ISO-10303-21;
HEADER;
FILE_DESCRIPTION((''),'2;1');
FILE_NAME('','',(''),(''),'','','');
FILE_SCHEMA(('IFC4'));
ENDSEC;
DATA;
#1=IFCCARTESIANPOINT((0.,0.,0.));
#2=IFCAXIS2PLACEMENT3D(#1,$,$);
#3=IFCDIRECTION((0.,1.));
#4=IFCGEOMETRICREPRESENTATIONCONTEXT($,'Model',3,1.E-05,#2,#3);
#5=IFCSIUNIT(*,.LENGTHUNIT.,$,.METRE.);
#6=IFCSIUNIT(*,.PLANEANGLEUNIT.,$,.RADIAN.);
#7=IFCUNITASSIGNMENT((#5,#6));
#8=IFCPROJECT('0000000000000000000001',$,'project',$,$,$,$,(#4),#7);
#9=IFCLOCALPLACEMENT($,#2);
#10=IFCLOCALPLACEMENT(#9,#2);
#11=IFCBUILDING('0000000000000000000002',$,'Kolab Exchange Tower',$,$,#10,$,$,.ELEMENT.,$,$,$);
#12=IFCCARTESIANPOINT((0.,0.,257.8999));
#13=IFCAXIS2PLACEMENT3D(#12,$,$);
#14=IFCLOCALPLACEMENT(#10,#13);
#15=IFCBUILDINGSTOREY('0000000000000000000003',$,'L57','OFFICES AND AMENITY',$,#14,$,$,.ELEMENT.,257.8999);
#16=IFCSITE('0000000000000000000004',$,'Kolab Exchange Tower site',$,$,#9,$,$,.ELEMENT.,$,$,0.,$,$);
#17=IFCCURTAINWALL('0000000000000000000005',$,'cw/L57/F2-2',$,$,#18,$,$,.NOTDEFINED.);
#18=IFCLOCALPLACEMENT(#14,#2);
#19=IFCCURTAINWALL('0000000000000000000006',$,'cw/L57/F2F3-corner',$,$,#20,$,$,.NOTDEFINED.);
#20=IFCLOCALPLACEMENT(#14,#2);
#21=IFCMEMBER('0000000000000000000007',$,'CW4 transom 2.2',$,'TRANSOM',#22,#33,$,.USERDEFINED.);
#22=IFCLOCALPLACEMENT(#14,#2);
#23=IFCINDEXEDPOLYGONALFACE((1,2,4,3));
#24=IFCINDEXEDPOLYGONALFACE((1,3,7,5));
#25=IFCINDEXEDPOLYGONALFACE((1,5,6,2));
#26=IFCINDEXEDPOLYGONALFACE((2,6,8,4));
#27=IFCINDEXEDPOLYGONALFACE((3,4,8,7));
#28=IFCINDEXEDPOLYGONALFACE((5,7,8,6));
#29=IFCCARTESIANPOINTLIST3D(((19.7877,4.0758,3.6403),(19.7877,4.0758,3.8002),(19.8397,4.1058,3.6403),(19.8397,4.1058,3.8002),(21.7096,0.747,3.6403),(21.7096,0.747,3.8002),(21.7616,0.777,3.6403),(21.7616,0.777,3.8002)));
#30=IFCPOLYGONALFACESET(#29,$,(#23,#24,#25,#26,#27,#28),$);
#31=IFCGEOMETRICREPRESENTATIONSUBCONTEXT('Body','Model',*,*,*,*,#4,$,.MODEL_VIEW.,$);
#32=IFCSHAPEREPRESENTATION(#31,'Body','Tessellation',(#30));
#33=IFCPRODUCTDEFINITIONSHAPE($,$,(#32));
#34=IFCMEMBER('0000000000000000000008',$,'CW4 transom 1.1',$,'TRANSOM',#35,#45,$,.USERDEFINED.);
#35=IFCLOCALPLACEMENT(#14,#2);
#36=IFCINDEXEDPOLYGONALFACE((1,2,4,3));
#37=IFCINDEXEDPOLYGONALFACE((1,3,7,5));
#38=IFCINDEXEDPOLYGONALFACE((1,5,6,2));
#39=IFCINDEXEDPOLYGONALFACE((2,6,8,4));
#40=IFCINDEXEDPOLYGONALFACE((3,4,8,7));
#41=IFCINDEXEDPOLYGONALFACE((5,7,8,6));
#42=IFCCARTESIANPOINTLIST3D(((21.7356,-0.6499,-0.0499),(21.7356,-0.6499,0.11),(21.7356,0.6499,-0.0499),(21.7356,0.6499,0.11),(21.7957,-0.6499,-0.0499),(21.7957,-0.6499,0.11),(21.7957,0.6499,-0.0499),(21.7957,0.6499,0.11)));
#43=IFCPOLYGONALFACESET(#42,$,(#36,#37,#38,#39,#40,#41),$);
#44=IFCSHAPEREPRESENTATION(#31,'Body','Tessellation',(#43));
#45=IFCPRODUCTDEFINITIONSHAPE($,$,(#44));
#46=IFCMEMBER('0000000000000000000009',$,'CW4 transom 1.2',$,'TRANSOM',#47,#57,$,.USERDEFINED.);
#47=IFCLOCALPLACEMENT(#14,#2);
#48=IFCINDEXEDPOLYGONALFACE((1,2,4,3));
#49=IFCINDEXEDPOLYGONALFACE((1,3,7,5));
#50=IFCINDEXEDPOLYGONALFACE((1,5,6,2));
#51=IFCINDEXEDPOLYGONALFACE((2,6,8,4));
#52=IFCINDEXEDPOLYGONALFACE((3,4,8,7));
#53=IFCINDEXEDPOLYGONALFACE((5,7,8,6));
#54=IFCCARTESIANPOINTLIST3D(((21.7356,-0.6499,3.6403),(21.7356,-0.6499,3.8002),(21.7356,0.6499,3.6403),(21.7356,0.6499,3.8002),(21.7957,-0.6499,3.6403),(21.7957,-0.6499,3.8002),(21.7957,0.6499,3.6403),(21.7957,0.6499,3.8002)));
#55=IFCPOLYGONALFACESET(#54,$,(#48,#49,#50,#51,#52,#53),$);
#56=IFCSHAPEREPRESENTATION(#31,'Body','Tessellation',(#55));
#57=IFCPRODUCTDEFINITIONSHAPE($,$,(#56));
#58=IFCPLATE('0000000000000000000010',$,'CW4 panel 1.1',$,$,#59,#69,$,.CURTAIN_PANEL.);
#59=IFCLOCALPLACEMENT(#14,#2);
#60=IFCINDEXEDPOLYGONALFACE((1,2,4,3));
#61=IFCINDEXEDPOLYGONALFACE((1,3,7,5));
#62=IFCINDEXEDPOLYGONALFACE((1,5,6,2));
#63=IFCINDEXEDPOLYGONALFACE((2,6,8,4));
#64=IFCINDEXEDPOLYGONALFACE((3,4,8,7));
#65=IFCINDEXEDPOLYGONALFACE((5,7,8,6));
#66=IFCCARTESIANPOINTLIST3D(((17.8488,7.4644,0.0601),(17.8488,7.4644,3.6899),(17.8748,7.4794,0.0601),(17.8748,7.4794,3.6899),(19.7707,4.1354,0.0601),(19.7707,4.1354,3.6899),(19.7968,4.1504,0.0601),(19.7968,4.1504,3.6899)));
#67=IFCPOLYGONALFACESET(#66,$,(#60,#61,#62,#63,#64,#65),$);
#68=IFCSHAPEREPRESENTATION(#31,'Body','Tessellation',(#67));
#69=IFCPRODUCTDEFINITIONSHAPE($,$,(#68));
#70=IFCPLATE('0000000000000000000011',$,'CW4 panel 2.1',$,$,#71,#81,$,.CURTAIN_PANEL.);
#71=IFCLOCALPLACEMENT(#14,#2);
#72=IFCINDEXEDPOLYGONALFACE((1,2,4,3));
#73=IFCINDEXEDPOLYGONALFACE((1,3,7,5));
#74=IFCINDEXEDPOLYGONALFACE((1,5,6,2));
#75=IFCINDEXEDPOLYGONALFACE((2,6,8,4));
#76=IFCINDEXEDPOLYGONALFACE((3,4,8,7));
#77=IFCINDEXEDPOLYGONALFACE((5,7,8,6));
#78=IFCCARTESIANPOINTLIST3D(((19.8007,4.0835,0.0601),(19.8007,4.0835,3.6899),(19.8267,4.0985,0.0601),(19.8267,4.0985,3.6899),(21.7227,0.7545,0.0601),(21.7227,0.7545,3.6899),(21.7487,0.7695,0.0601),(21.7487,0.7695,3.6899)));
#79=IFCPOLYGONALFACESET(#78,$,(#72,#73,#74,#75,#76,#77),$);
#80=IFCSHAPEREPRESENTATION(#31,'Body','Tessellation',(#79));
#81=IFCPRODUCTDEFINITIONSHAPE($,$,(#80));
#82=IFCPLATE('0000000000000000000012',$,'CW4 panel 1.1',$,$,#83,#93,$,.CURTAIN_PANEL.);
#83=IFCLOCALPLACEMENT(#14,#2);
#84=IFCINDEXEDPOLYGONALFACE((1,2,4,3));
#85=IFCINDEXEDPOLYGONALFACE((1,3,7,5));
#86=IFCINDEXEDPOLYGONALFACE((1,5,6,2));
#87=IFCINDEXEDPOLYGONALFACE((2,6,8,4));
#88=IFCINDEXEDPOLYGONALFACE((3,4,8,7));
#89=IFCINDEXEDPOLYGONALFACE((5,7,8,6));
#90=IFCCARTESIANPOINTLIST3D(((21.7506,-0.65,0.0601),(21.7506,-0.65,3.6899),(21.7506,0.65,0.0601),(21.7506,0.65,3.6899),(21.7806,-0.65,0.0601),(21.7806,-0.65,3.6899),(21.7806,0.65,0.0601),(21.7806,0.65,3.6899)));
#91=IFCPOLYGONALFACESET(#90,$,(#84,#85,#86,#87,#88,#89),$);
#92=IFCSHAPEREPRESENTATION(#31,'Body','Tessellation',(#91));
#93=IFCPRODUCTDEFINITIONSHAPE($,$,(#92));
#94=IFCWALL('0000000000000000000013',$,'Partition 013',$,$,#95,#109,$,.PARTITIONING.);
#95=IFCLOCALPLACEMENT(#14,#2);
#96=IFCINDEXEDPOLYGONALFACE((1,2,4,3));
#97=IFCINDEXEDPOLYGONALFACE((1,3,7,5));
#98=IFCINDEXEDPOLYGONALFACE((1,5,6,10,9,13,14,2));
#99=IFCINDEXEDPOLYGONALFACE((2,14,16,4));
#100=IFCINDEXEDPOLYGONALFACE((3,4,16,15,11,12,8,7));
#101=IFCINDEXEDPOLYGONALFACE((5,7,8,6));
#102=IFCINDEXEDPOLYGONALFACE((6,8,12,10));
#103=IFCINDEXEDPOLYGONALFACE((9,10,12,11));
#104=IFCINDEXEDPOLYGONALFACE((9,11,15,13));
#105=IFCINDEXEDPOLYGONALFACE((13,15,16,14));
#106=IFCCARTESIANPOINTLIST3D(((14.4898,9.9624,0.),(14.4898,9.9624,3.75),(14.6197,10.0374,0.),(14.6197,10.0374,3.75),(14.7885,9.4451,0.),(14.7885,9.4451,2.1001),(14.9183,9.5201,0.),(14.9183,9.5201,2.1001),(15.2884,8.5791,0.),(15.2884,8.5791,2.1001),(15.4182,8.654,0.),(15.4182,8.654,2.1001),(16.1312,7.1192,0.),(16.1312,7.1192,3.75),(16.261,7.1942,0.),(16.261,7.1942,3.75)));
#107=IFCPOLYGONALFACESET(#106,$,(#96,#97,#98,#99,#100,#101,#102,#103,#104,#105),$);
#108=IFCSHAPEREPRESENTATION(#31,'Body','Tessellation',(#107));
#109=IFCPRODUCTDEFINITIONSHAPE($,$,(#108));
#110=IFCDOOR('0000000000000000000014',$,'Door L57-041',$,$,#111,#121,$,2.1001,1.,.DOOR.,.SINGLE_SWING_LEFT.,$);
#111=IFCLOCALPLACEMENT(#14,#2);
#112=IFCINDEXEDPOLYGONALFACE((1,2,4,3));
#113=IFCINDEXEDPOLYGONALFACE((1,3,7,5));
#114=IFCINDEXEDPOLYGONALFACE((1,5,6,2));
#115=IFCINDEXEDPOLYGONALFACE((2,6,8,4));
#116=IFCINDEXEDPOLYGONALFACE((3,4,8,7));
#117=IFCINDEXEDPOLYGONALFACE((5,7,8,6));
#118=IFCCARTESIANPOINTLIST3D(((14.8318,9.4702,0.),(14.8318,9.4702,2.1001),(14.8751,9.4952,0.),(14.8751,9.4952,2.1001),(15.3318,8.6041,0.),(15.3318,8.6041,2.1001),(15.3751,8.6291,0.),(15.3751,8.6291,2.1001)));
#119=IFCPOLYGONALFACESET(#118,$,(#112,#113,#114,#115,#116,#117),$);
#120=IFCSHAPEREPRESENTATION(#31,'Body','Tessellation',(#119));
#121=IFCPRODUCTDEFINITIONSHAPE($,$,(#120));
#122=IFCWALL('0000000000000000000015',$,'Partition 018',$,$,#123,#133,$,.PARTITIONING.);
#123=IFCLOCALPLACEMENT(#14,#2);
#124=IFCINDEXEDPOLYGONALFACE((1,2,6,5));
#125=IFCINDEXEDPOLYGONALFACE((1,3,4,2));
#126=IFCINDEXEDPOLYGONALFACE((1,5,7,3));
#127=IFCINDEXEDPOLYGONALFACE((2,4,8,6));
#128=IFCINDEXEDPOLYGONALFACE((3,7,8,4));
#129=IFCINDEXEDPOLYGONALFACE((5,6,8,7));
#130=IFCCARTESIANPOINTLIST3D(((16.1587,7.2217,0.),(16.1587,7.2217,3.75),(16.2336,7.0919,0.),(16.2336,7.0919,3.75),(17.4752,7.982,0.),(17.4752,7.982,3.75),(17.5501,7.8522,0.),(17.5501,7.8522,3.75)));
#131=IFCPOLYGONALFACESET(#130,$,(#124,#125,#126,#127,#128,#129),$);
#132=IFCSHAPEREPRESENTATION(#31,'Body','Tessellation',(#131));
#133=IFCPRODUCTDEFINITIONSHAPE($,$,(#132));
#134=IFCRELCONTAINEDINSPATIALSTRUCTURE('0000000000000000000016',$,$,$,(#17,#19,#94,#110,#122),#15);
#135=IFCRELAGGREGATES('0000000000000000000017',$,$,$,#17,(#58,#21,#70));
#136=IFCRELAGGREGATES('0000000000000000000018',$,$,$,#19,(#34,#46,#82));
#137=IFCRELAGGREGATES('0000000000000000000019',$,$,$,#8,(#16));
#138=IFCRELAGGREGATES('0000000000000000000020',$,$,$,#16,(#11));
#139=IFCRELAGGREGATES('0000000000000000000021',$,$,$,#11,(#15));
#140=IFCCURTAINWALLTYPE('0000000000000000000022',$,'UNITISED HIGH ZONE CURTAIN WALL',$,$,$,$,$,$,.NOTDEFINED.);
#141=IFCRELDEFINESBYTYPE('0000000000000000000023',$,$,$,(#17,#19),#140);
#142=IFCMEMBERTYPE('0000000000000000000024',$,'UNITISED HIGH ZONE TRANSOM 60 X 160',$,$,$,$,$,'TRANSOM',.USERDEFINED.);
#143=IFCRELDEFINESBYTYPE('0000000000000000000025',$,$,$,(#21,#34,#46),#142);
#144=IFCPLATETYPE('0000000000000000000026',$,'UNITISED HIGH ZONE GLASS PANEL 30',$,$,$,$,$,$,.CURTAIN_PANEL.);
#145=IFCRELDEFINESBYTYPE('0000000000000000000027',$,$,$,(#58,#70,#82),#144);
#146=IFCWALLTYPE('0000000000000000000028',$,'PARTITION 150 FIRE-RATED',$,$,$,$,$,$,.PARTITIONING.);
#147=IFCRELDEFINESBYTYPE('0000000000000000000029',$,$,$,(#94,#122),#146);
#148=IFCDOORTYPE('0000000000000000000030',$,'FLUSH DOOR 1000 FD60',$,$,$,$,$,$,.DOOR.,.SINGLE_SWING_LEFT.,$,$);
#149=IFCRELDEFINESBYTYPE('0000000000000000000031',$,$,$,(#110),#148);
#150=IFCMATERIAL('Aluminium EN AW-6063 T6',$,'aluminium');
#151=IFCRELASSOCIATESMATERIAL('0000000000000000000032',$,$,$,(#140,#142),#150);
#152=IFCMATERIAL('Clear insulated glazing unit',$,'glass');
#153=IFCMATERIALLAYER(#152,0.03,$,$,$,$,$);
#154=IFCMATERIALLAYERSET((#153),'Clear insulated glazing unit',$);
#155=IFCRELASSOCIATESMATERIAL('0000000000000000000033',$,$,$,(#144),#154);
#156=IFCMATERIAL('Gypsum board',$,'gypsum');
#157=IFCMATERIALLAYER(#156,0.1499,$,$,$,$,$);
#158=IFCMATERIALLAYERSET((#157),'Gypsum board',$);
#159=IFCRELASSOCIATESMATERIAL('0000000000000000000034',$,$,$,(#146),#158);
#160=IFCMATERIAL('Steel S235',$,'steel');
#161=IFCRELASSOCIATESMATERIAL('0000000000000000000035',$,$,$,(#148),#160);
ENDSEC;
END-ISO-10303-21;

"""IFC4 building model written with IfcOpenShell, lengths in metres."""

from ifc_helpers import new_model, si_unit, direction, frame, frame_2d, origin, origin_2d, place, context, subcontext, project, spatial, rectangle, extrude, material, layer, layer_set, material_profile, profile_set, type_object, element, fill, aggregate, save


model = new_model("IFC4")

# Units and contexts
model_context = context("Model", 3, precision=1e-05, world=origin(), true_north=direction((0.0, 1.0)))
body_context = subcontext(model_context, "Body", "Model", "MODEL_VIEW")
ifc_project = project(units=[si_unit("LENGTHUNIT", "METRE"), si_unit("PLANEANGLEUNIT", "RADIAN")], contexts=[model_context])

# Site, building, storey
site_placement = place(None, origin())
site = spatial("IfcSite", under=ifc_project, at=site_placement, Name="Kolab Exchange Tower site", CompositionType="ELEMENT", RefElevation=0.0)
building_placement = place(site_placement, origin())
building = spatial("IfcBuilding", under=site, at=building_placement, Name="Kolab Exchange Tower", CompositionType="ELEMENT")
storey_placement = place(building_placement, frame((0.0, 0.0, 257.8999)))
storey = spatial("IfcBuildingStorey", under=building, at=storey_placement, Name="L57", Description="OFFICES AND AMENITY", CompositionType="ELEMENT", Elevation=257.8999)

# Curtain wall
ifc_material_1 = material(Name="Aluminium EN AW-6063 T6", Category="aluminium")
curtain_wall_type = type_object("IfcCurtainWallType", Name="UNITISED HIGH ZONE CURTAIN WALL", PredefinedType="NOTDEFINED", material=ifc_material_1)
curtain_wall_1_placement = place(storey_placement, origin())
curtain_wall_1 = element("IfcCurtainWall", 1, at=curtain_wall_1_placement, inside=storey, type_object=curtain_wall_type, Name="cw/L57/F2-2", PredefinedType="NOTDEFINED")

# Curtain wall
curtain_wall_2_placement = place(storey_placement, origin())
curtain_wall_2 = element("IfcCurtainWall", 2, at=curtain_wall_2_placement, inside=storey, type_object=curtain_wall_type, Name="cw/L57/F2F3-corner", PredefinedType="NOTDEFINED")

# Members
ifc_material_profile_1 = material_profile(ifc_material_1, rectangle(XDim=0.0601, YDim=0.1599, at=origin_2d()), Name="RECT 60X160")
ifc_profile_set_1 = profile_set([ifc_material_profile_1], Name="Aluminium EN AW-6063 T6")
member_type_1 = type_object("IfcMemberType", Name="UNITISED HIGH ZONE TRANSOM 60 X 160", ElementType="TRANSOM", PredefinedType="USERDEFINED", material=ifc_profile_set_1)
member_1_placement = place(storey_placement, frame((19.8137, 4.0908, 3.7202), z_axis=(0.499992, -0.86603, 0.0), x_axis=(0.86603, 0.499992, 0.0)))
member_1 = element("IfcMember", 3, at=member_1_placement, type_object=member_type_1, Name="CW4 transom 2.2", ObjectType="TRANSOM", PredefinedType="USERDEFINED", context=body_context, shape_type="SweptSolid", body=[
    extrude(rectangle(XDim=0.0601, YDim=0.1599, at=origin_2d()), origin(), (0.0, 0.0, 1.0), 3.8438),
])
member_2_placement = place(storey_placement, frame((21.7656, 0.6499, 0.03), z_axis=(0.0, -1.0, 0.0), x_axis=(1.0, 0.0, 0.0)))
member_2 = element("IfcMember", 4, at=member_2_placement, type_object=member_type_1, Name="CW4 transom 1.1", ObjectType="TRANSOM", PredefinedType="USERDEFINED", context=body_context, shape_type="SweptSolid", body=[
    extrude(rectangle(XDim=0.0601, YDim=0.1599, at=origin_2d()), origin(), (0.0, 0.0, 1.0), 1.2998),
])
member_3_placement = place(storey_placement, frame((21.7656, 0.6499, 3.7202), z_axis=(0.0, -1.0, 0.0), x_axis=(1.0, 0.0, 0.0)))
member_3 = element("IfcMember", 5, at=member_3_placement, type_object=member_type_1, Name="CW4 transom 1.2", ObjectType="TRANSOM", PredefinedType="USERDEFINED", context=body_context, shape_type="SweptSolid", body=[
    extrude(rectangle(XDim=0.0601, YDim=0.1599, at=origin_2d()), origin(), (0.0, 0.0, 1.0), 1.2998),
])

# Plates
ifc_material_2 = material(Name="Clear insulated glazing unit", Category="glass")
ifc_layer_1 = layer(ifc_material_2, 0.03)
ifc_layer_set_1 = layer_set([ifc_layer_1], Name="Clear insulated glazing unit")
plate_type = type_object("IfcPlateType", Name="UNITISED HIGH ZONE GLASS PANEL 30", PredefinedType="CURTAIN_PANEL", material=ifc_layer_set_1)
plate_1_placement = place(storey_placement, frame((18.8228, 5.8074, 0.0601), z_axis=(0.0, 0.0, 1.0), x_axis=(0.5, -0.866025, 0.0)))
plate_1 = element("IfcPlate", 6, at=plate_1_placement, type_object=plate_type, Name="CW4 panel 1.1", PredefinedType="CURTAIN_PANEL", context=body_context, shape_type="SweptSolid", body=[
    extrude(rectangle(XDim=3.844, YDim=0.03, at=origin_2d()), origin(), (0.0, 0.0, 1.0), 3.6299),
])
plate_2_placement = place(storey_placement, frame((20.7747, 2.4265, 0.0601), z_axis=(0.0, 0.0, 1.0), x_axis=(0.5, -0.866025, 0.0)))
plate_2 = element("IfcPlate", 7, at=plate_2_placement, type_object=plate_type, Name="CW4 panel 2.1", PredefinedType="CURTAIN_PANEL", context=body_context, shape_type="SweptSolid", body=[
    extrude(rectangle(XDim=3.844, YDim=0.03, at=origin_2d()), origin(), (0.0, 0.0, 1.0), 3.6299),
])
aggregate(curtain_wall_1, [plate_1, member_1, plate_2])
plate_3_placement = place(storey_placement, frame((21.7656, 0.0, 0.0601), z_axis=(0.0, 0.0, 1.0), x_axis=(0.0, -1.0, 0.0)))
plate_3 = element("IfcPlate", 8, at=plate_3_placement, type_object=plate_type, Name="CW4 panel 1.1", PredefinedType="CURTAIN_PANEL", context=body_context, shape_type="SweptSolid", body=[
    extrude(rectangle(XDim=1.3, YDim=0.03, at=origin_2d()), origin(), (0.0, 0.0, 1.0), 3.6299),
])
aggregate(curtain_wall_2, [member_2, member_3, plate_3])

# Wall, opening, door
ifc_material_3 = material(Name="Gypsum board", Category="gypsum")
ifc_layer_2 = layer(ifc_material_3, 0.1499)
ifc_layer_set_2 = layer_set([ifc_layer_2], Name="Gypsum board")
wall_type_1 = type_object("IfcWallType", Name="PARTITION 150 FIRE-RATED", PredefinedType="PARTITIONING", material=ifc_layer_set_2)
wall_1_placement = place(storey_placement, frame((14.5547, 10.0, 0.0), z_axis=(0.0, 0.0, 1.0), x_axis=(0.499954, -0.866052, 0.0)))
wall_1 = element("IfcWall", 9, at=wall_1_placement, inside=storey, type_object=wall_type_1, Name="Partition 013", PredefinedType="PARTITIONING", context=body_context, shape_type="SweptSolid", body=[
    extrude(rectangle(XDim=3.283, YDim=0.1499, at=frame_2d((1.6416, 0.0))), origin(), (0.0, 0.0, 1.0), 3.75),
])
opening_1_placement = place(wall_1_placement, frame((0.5974, 0.0, 0.0)))
opening_1 = element("IfcOpeningElement", 10, at=opening_1_placement, cuts=wall_1, PredefinedType="OPENING", context=body_context, shape_type="SweptSolid", body=[
    extrude(rectangle(XDim=1.0, YDim=2.1001, at=frame_2d((0.5, 1.05))), frame((0.0, 0.085, 0.0), z_axis=(0.0, -1.0, 0.0), x_axis=(1.0, 0.0, 0.0)), (0.0, 0.0, 1.0), 0.1699),
])
ifc_material_4 = material(Name="Steel S235", Category="steel")
door_type_1 = type_object("IfcDoorType", Name="FLUSH DOOR 1000 FD60", OperationType="SINGLE_SWING_LEFT", PredefinedType="DOOR", material=ifc_material_4)
door_1_placement = place(opening_1_placement, frame((1.0, 0.0, 0.0), z_axis=(0.0, 0.0, 1.0), x_axis=(-1.0, 0.0, 0.0)))
door_1 = element("IfcDoor", 11, at=door_1_placement, inside=storey, type_object=door_type_1, Name="Door L57-041", OperationType="SINGLE_SWING_LEFT", OverallHeight=2.1001, OverallWidth=1.0, PredefinedType="DOOR", context=body_context, shape_type="SweptSolid", body=[
    extrude(rectangle(XDim=1.0, YDim=2.1001, at=frame_2d((0.5, 1.05))), frame((0.0, 0.0249, 0.0), z_axis=(0.0, -1.0, 0.0), x_axis=(1.0, 0.0, 0.0)), (0.0, 0.0, 1.0), 0.05),
])
fill(opening_1, door_1)

# Wall
wall_2_placement = place(storey_placement, frame((16.196, 7.1567, 0.0), z_axis=(0.0, 0.0, 1.0), x_axis=(0.865961, 0.500112, 0.0)))
element("IfcWall", 12, at=wall_2_placement, inside=storey, type_object=wall_type_1, Name="Partition 018", PredefinedType="PARTITIONING", context=body_context, shape_type="SweptSolid", body=[
    extrude(rectangle(XDim=1.5203, YDim=0.1499, at=frame_2d((0.7603, 0.0))), origin(), (0.0, 0.0, 1.0), 3.75),
])

save(model, "model.ifc")
